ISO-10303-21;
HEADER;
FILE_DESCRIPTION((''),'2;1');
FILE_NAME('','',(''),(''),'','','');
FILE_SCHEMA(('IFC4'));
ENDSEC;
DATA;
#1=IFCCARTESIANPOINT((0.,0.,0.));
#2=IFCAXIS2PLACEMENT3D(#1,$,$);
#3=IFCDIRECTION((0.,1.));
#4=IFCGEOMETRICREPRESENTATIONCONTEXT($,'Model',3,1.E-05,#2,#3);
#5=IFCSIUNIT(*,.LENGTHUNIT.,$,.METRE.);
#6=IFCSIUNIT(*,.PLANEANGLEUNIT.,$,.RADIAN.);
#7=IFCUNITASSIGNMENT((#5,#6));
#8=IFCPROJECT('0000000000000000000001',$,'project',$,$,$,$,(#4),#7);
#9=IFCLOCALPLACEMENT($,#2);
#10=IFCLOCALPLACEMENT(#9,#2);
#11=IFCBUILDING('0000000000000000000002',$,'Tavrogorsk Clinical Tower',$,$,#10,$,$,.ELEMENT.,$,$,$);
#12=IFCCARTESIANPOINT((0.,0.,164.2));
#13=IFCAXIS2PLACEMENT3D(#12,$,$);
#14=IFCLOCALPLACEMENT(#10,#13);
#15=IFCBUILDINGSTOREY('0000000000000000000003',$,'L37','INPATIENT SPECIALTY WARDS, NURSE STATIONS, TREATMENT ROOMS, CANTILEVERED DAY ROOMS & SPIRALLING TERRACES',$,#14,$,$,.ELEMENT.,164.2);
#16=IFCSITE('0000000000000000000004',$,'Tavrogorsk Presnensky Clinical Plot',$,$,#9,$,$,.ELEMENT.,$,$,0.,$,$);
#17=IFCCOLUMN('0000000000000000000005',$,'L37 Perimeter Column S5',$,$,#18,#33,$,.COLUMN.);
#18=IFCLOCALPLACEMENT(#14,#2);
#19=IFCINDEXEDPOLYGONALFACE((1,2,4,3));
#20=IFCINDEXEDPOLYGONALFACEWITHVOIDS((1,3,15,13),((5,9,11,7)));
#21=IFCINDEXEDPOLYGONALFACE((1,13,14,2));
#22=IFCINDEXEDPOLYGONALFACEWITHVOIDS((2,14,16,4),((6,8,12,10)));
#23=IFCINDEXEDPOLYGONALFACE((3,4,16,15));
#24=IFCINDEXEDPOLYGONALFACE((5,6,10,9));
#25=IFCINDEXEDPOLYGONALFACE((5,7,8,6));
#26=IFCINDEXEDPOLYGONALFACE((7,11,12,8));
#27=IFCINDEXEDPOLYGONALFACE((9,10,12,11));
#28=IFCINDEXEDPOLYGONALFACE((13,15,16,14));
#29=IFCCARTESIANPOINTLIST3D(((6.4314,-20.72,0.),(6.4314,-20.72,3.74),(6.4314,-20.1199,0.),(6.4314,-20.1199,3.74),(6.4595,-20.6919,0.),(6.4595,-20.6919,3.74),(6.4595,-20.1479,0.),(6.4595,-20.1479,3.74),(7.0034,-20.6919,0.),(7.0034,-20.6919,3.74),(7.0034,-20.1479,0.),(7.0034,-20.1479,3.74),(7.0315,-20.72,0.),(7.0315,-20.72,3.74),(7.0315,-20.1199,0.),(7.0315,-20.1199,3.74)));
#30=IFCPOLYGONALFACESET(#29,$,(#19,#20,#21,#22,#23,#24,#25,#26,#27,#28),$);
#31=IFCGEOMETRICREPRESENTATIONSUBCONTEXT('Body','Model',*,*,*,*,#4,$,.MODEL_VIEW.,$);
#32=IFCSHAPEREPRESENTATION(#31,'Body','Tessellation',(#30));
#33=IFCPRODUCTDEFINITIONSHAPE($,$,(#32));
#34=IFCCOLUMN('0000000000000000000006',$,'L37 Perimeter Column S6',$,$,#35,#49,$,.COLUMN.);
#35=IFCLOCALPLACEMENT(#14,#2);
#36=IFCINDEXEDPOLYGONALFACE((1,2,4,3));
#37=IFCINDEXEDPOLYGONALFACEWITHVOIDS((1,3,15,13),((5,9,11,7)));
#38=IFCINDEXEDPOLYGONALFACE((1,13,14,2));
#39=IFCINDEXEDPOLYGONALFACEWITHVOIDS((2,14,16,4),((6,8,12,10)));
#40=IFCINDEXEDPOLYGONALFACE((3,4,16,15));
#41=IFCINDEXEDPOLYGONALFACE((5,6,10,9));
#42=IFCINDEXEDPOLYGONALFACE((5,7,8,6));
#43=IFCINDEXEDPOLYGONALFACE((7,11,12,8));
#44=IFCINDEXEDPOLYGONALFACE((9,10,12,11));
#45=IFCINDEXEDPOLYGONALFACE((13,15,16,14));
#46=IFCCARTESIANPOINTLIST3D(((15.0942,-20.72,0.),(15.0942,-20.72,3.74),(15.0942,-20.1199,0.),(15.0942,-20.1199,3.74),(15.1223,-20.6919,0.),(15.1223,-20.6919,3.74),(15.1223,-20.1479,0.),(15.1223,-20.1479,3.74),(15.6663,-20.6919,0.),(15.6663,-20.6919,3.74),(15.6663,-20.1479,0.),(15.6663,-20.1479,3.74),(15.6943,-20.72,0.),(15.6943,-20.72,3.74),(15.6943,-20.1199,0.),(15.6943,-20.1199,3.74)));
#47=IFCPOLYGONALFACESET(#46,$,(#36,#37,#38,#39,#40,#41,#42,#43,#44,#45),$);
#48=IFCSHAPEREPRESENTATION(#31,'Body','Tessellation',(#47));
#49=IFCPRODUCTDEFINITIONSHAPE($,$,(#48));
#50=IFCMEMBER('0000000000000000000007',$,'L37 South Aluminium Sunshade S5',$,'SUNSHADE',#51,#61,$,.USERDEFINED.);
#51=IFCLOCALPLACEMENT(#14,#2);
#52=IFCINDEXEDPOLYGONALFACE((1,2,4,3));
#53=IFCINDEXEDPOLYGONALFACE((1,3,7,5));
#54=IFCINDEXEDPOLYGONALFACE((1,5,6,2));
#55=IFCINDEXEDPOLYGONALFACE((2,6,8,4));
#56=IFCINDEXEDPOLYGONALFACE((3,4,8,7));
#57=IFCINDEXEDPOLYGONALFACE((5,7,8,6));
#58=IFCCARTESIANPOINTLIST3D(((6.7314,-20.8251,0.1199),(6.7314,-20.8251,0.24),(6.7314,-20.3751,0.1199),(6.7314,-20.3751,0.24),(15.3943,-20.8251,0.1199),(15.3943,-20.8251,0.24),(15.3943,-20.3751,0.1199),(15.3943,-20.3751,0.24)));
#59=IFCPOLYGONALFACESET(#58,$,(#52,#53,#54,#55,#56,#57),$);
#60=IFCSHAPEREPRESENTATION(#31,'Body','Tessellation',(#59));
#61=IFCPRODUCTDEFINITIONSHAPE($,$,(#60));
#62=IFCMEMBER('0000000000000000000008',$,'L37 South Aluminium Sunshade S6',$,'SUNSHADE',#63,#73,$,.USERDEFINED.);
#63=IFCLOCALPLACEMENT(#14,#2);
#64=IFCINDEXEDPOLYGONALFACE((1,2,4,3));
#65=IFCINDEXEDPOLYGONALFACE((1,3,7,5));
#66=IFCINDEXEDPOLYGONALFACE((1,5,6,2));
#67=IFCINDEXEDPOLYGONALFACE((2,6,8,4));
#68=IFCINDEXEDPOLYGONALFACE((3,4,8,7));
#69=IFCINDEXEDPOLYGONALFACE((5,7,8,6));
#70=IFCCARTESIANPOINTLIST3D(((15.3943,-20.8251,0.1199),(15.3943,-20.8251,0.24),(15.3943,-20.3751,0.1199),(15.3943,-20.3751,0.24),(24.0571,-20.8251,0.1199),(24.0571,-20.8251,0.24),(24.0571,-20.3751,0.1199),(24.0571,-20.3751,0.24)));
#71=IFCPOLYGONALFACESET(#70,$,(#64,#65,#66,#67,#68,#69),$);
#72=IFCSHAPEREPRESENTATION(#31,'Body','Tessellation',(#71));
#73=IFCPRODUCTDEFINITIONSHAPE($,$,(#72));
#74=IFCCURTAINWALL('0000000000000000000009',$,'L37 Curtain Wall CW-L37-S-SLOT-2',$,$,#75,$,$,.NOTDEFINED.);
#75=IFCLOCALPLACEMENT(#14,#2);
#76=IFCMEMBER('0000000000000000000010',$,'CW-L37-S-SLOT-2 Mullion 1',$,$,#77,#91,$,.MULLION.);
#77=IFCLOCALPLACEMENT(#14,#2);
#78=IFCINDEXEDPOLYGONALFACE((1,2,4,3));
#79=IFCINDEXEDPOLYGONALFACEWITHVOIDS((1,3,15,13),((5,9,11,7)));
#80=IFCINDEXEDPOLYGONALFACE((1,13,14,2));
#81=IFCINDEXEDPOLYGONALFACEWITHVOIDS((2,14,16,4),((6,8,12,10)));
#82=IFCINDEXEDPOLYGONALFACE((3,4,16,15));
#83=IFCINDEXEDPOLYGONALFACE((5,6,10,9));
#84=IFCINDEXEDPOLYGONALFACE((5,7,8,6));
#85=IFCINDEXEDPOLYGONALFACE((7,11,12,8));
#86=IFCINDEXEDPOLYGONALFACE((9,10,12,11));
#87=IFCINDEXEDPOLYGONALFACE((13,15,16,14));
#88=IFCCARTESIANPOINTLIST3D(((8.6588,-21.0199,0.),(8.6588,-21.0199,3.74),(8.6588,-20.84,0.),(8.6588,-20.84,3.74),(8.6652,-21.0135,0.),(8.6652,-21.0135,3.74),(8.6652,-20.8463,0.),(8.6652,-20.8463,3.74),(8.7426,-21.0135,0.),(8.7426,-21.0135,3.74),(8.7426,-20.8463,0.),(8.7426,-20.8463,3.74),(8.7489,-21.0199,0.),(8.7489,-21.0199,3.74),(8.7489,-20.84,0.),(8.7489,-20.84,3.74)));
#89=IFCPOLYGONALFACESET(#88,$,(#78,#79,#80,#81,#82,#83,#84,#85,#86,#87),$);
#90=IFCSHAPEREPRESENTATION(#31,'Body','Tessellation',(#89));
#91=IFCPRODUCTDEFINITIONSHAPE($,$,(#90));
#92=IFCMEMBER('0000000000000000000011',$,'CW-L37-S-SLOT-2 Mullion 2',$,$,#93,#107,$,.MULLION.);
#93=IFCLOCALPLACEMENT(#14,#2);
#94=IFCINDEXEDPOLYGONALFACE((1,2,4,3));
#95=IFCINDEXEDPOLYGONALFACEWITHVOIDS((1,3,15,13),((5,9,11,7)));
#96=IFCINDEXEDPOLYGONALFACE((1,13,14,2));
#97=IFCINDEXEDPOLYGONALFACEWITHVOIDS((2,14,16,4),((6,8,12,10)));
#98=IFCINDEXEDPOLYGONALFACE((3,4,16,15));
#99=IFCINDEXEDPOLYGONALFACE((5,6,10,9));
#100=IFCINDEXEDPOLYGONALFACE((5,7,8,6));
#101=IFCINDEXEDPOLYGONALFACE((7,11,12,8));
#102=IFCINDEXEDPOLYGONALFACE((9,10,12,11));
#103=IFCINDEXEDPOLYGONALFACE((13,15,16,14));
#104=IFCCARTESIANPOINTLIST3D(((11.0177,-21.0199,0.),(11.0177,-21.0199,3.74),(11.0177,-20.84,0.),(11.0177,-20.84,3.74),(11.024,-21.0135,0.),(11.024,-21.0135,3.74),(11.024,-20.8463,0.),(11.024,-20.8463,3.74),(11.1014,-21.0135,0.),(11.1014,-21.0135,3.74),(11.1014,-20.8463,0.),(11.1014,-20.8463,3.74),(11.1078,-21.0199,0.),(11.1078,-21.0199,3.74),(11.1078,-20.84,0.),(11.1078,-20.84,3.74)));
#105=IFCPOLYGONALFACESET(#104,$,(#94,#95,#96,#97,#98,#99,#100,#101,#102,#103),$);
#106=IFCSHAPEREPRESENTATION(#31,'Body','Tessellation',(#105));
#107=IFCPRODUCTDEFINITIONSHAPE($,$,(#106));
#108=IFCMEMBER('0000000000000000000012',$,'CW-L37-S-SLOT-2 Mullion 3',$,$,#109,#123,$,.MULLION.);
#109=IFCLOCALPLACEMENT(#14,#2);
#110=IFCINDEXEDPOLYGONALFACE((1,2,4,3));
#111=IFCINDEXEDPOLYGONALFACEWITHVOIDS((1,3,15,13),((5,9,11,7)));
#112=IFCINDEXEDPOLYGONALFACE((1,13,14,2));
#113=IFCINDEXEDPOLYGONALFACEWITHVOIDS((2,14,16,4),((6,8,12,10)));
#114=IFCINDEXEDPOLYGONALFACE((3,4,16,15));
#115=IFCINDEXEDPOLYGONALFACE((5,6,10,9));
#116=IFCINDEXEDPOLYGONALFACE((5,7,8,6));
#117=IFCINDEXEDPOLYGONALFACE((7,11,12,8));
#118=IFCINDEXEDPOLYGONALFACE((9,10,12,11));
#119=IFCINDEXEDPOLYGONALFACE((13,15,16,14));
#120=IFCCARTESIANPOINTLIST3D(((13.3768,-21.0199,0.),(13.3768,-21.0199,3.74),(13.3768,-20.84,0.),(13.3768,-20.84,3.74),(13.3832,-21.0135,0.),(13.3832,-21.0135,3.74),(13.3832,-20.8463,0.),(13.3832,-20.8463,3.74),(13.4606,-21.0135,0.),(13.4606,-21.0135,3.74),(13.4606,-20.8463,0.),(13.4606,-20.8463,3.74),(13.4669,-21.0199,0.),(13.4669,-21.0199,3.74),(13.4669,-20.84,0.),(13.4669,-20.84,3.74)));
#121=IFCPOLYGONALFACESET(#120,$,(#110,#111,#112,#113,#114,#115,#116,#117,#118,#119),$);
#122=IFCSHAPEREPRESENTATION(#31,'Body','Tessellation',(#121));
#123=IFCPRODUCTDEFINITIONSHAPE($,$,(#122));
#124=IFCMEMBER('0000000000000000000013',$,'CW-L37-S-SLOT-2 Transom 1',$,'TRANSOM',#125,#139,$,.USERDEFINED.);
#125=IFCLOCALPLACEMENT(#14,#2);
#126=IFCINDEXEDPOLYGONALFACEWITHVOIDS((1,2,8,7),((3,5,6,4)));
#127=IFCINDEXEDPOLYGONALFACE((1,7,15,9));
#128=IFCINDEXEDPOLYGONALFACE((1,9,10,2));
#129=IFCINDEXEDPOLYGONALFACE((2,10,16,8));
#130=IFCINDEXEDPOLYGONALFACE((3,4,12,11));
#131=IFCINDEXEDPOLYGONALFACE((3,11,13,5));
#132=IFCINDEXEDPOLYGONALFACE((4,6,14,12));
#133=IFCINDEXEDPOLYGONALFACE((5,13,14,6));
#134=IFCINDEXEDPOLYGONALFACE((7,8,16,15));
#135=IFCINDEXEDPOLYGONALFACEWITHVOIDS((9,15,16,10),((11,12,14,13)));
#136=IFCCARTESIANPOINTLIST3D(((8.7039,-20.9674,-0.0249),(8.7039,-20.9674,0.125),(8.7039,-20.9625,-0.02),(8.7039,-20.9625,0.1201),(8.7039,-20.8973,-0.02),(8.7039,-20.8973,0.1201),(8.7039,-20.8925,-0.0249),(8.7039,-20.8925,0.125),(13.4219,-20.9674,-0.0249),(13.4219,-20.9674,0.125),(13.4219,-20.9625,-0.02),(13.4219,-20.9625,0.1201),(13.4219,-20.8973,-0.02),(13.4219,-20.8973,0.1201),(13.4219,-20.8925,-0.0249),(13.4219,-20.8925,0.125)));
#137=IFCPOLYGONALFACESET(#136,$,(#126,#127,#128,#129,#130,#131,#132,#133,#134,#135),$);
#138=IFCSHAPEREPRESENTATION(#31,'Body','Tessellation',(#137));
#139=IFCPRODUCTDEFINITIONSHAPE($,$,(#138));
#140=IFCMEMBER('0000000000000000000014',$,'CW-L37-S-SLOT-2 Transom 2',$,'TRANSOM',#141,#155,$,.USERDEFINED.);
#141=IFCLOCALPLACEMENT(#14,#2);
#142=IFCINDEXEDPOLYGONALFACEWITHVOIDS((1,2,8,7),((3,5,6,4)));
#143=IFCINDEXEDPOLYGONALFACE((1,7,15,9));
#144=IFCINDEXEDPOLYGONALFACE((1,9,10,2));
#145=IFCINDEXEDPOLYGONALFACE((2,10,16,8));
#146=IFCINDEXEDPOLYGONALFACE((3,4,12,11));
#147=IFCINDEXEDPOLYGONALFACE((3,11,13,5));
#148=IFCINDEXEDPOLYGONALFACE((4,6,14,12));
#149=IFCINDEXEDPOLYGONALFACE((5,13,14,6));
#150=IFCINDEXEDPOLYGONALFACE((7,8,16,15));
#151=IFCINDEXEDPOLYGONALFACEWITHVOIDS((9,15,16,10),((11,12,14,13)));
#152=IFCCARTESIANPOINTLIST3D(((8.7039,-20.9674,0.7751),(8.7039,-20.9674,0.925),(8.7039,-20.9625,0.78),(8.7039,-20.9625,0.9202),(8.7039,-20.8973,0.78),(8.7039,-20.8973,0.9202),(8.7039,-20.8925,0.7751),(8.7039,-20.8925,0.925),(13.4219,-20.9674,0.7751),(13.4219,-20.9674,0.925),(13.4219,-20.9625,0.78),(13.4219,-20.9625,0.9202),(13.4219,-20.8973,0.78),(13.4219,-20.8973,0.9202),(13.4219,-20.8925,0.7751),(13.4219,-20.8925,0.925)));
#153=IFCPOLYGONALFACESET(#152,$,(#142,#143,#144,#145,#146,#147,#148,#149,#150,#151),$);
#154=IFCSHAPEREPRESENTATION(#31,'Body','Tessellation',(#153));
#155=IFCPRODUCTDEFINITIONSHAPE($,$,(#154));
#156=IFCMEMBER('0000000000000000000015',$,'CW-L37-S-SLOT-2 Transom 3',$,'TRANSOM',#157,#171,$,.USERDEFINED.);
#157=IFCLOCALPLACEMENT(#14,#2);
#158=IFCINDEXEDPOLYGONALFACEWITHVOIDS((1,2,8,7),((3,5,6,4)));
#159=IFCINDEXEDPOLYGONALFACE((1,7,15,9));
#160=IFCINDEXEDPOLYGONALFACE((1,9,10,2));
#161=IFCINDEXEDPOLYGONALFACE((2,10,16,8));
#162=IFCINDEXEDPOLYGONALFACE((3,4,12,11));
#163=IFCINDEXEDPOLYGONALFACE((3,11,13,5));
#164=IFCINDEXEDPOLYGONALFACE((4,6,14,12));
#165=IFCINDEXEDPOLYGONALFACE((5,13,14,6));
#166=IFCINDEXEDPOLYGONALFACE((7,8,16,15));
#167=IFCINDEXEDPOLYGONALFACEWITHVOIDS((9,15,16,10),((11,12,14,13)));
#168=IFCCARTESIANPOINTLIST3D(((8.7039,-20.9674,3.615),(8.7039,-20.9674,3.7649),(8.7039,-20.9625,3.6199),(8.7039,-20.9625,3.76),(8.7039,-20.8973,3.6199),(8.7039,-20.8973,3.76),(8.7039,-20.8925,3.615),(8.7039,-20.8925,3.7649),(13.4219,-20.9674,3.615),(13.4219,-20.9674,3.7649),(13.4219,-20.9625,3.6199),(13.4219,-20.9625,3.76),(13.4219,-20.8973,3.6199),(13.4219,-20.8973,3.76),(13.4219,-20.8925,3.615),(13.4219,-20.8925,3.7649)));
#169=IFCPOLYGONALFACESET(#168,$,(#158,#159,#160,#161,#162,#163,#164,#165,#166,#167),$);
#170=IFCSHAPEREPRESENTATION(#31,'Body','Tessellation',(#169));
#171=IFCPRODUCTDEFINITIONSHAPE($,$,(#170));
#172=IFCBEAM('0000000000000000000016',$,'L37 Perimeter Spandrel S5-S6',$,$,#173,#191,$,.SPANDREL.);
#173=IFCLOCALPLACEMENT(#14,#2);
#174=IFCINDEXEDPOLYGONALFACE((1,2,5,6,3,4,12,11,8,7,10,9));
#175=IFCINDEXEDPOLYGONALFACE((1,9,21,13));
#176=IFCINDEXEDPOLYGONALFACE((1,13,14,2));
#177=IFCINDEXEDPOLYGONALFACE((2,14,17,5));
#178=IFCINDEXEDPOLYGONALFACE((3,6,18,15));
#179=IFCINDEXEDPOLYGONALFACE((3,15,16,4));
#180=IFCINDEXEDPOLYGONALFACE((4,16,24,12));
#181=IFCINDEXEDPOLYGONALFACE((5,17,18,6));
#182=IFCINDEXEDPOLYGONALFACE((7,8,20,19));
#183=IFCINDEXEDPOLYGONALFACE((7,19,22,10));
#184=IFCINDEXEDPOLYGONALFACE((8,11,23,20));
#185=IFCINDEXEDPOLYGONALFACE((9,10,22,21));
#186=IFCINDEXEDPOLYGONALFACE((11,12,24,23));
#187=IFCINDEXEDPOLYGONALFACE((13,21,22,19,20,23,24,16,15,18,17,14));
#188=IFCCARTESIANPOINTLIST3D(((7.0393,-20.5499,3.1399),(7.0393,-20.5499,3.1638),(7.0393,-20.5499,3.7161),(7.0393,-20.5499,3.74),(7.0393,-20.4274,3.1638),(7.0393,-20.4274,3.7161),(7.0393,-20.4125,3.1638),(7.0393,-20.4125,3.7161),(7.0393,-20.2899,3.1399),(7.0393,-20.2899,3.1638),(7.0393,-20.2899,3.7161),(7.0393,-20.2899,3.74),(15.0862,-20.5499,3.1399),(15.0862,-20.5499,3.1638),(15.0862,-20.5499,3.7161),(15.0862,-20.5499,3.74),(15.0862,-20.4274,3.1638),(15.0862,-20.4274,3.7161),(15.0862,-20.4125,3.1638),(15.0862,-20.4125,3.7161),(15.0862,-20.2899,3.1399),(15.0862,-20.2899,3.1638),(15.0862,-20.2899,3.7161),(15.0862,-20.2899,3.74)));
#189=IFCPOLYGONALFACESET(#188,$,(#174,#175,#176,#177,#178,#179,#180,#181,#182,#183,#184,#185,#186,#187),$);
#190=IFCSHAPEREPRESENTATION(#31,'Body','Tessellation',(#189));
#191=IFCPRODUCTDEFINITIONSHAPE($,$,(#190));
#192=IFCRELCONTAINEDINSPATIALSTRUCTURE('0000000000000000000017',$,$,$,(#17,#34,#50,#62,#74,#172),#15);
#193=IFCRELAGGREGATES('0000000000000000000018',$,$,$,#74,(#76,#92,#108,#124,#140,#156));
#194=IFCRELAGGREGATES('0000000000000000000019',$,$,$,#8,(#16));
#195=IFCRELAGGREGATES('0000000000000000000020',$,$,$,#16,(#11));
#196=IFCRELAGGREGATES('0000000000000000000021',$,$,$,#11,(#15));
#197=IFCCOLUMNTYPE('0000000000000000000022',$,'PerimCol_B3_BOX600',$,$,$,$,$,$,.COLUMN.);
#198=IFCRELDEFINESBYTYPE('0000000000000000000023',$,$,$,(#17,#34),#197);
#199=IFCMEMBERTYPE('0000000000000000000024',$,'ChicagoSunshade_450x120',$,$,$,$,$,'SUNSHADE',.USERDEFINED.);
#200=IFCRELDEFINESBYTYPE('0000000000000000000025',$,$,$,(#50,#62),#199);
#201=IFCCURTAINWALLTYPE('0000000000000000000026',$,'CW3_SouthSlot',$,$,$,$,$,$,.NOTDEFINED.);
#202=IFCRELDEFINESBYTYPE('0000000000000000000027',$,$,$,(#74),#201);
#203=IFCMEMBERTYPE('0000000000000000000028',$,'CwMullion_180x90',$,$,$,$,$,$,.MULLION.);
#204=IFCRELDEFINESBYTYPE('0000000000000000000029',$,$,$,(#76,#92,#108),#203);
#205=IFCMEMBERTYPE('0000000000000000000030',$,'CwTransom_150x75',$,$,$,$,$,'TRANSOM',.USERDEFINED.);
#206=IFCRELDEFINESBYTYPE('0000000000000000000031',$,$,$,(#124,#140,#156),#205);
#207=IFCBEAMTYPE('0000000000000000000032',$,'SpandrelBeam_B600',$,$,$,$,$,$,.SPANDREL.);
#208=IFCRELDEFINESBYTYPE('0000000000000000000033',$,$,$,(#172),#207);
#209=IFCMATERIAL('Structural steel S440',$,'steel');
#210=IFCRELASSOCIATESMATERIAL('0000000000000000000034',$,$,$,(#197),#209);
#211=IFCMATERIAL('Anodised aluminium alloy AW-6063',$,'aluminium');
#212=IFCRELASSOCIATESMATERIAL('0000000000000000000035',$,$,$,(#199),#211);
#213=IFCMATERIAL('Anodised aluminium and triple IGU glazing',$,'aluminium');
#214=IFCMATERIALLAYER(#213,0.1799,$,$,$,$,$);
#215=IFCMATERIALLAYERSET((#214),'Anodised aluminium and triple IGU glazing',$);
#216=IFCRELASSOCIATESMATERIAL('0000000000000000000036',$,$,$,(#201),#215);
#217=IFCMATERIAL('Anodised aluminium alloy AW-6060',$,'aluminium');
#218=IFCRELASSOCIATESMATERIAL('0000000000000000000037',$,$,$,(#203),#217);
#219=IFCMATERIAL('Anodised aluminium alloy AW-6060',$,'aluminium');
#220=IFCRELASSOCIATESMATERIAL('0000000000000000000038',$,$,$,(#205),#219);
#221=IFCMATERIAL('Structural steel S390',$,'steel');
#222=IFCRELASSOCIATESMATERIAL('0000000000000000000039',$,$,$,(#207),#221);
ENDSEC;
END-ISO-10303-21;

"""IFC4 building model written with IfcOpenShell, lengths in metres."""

from ifc_helpers import new_model, si_unit, direction, frame, origin, origin_2d, place, context, subcontext, project, spatial, rectangle, hollow_rectangle, i_section, extrude, material, layer, layer_set, material_profile, profile_set, type_object, element, aggregate, save


model = new_model("IFC4")

# Units and contexts
model_context = context("Model", 3, precision=1e-05, world=origin(), true_north=direction((0.0, 1.0)))
body_context = subcontext(model_context, "Body", "Model", "MODEL_VIEW")
ifc_project = project(units=[si_unit("LENGTHUNIT", "METRE"), si_unit("PLANEANGLEUNIT", "RADIAN")], contexts=[model_context])

# Site, building, storey
site_placement = place(None, origin())
site = spatial("IfcSite", under=ifc_project, at=site_placement, Name="Tavrogorsk Presnensky Clinical Plot", CompositionType="ELEMENT", RefElevation=0.0)
building_placement = place(site_placement, origin())
building = spatial("IfcBuilding", under=site, at=building_placement, Name="Tavrogorsk Clinical Tower", CompositionType="ELEMENT")
storey_placement = place(building_placement, frame((0.0, 0.0, 164.2)))
storey = spatial("IfcBuildingStorey", under=building, at=storey_placement, Name="L37", Description="INPATIENT SPECIALTY WARDS, NURSE STATIONS, TREATMENT ROOMS, CANTILEVERED DAY ROOMS & SPIRALLING TERRACES", CompositionType="ELEMENT", Elevation=164.2)

# Columns
ifc_material_1 = material(Name="Structural steel S440", Category="steel")
ifc_material_profile_1 = material_profile(ifc_material_1, hollow_rectangle(XDim=0.6001, YDim=0.6001, WallThickness=0.0281, at=origin_2d()), Name="BOX-600x600x28")
ifc_profile_set_1 = profile_set([ifc_material_profile_1], Name="Structural steel S440")
column_type = type_object("IfcColumnType", Name="PerimCol_B3_BOX600", PredefinedType="COLUMN", material=ifc_profile_set_1)
for number, where, z_axis, x_axis, name in (
    (1, (6.7314, -20.4199, 0.0), (0.0, 0.0, 1.0), (1.0, 0.0, 0.0), "L37 Perimeter Column S5"),
    (2, (15.3943, -20.4199, 0.0), (0.0, 0.0, 1.0), (1.0, 0.0, 0.0), "L37 Perimeter Column S6"),
):
    element("IfcColumn", number, at=place(storey_placement, frame(where, z_axis=z_axis, x_axis=x_axis)), inside=storey, type_object=column_type, Name=name, PredefinedType="COLUMN", context=body_context, shape_type="SweptSolid", body=[
        extrude(hollow_rectangle(XDim=0.6001, YDim=0.6001, WallThickness=0.0281, at=origin_2d()), origin(), (0.0, 0.0, 1.0), 3.74),
    ])

# Members
ifc_material_2 = material(Name="Anodised aluminium alloy AW-6063", Category="aluminium")
ifc_material_profile_2 = material_profile(ifc_material_2, rectangle(XDim=0.45, YDim=0.1201, at=origin_2d()), Name="ALU-SUNSHADE-450x120")
ifc_profile_set_2 = profile_set([ifc_material_profile_2], Name="Anodised aluminium alloy AW-6063")
member_type_1 = type_object("IfcMemberType", Name="ChicagoSunshade_450x120", ElementType="SUNSHADE", PredefinedType="USERDEFINED", material=ifc_profile_set_2)
for number, where, z_axis, x_axis, name in (
    (3, (6.7314, -20.6001, 0.1799), (1.0, 0.0, 0.0), (0.0, 1.0, 0.0), "L37 South Aluminium Sunshade S5"),
    (4, (15.3943, -20.6001, 0.1799), (1.0, 0.0, 0.0), (0.0, 1.0, 0.0), "L37 South Aluminium Sunshade S6"),
):
    element("IfcMember", number, at=place(storey_placement, frame(where, z_axis=z_axis, x_axis=x_axis)), inside=storey, type_object=member_type_1, Name=name, ObjectType="SUNSHADE", PredefinedType="USERDEFINED", context=body_context, shape_type="SweptSolid", body=[
        extrude(rectangle(XDim=0.45, YDim=0.1201, at=origin_2d()), origin(), (0.0, 0.0, 1.0), 8.6628),
    ])

# Curtain wall, members
ifc_material_3 = material(Name="Anodised aluminium and triple IGU glazing", Category="aluminium")
ifc_layer_1 = layer(ifc_material_3, 0.1799)
ifc_layer_set_1 = layer_set([ifc_layer_1], Name="Anodised aluminium and triple IGU glazing")
curtain_wall_type = type_object("IfcCurtainWallType", Name="CW3_SouthSlot", PredefinedType="NOTDEFINED", material=ifc_layer_set_1)
curtain_wall_placement = place(storey_placement, origin())
curtain_wall = element("IfcCurtainWall", 5, at=curtain_wall_placement, inside=storey, type_object=curtain_wall_type, Name="L37 Curtain Wall CW-L37-S-SLOT-2", PredefinedType="NOTDEFINED")
ifc_material_4 = material(Name="Anodised aluminium alloy AW-6060", Category="aluminium")
ifc_material_profile_3 = material_profile(ifc_material_4, hollow_rectangle(XDim=0.0901, YDim=0.1799, WallThickness=0.0063, at=origin_2d()), Name="RHS-180x90x6.3")
ifc_profile_set_3 = profile_set([ifc_material_profile_3], Name="Anodised aluminium alloy AW-6060")
member_type_2 = type_object("IfcMemberType", Name="CwMullion_180x90", PredefinedType="MULLION", material=ifc_profile_set_3)
member_1_placement = place(storey_placement, frame((8.7039, -20.9299, 0.0), z_axis=(0.0, 0.0, 1.0), x_axis=(1.0, 0.0, 0.0)))
member_1 = element("IfcMember", 6, at=member_1_placement, type_object=member_type_2, Name="CW-L37-S-SLOT-2 Mullion 1", PredefinedType="MULLION", context=body_context, shape_type="SweptSolid", body=[
    extrude(hollow_rectangle(XDim=0.0901, YDim=0.1799, WallThickness=0.0063, at=origin_2d()), origin(), (0.0, 0.0, 1.0), 3.74),
])
member_2_placement = place(storey_placement, frame((11.0627, -20.9299, 0.0), z_axis=(0.0, 0.0, 1.0), x_axis=(1.0, 0.0, 0.0)))
member_2 = element("IfcMember", 7, at=member_2_placement, type_object=member_type_2, Name="CW-L37-S-SLOT-2 Mullion 2", PredefinedType="MULLION", context=body_context, shape_type="SweptSolid", body=[
    extrude(hollow_rectangle(XDim=0.0901, YDim=0.1799, WallThickness=0.0063, at=origin_2d()), origin(), (0.0, 0.0, 1.0), 3.74),
])
member_3_placement = place(storey_placement, frame((13.4219, -20.9299, 0.0), z_axis=(0.0, 0.0, 1.0), x_axis=(1.0, 0.0, 0.0)))
member_3 = element("IfcMember", 8, at=member_3_placement, type_object=member_type_2, Name="CW-L37-S-SLOT-2 Mullion 3", PredefinedType="MULLION", context=body_context, shape_type="SweptSolid", body=[
    extrude(hollow_rectangle(XDim=0.0901, YDim=0.1799, WallThickness=0.0063, at=origin_2d()), origin(), (0.0, 0.0, 1.0), 3.74),
])
ifc_material_5 = material(Name="Anodised aluminium alloy AW-6060", Category="aluminium")
ifc_material_profile_4 = material_profile(ifc_material_5, hollow_rectangle(XDim=0.075, YDim=0.1499, WallThickness=0.0049, at=origin_2d()), Name="RHS-150x75x5")
ifc_profile_set_4 = profile_set([ifc_material_profile_4], Name="Anodised aluminium alloy AW-6060")
member_type_3 = type_object("IfcMemberType", Name="CwTransom_150x75", ElementType="TRANSOM", PredefinedType="USERDEFINED", material=ifc_profile_set_4)
member_4_placement = place(storey_placement, frame((8.7039, -20.9299, 0.05), z_axis=(1.0, 0.0, 0.0), x_axis=(0.0, 1.0, 0.0)))
member_4 = element("IfcMember", 9, at=member_4_placement, type_object=member_type_3, Name="CW-L37-S-SLOT-2 Transom 1", ObjectType="TRANSOM", PredefinedType="USERDEFINED", context=body_context, shape_type="SweptSolid", body=[
    extrude(hollow_rectangle(XDim=0.075, YDim=0.1499, WallThickness=0.0049, at=origin_2d()), origin(), (0.0, 0.0, 1.0), 4.718),
])
member_5_placement = place(storey_placement, frame((8.7039, -20.9299, 0.8501), z_axis=(1.0, 0.0, 0.0), x_axis=(0.0, 1.0, 0.0)))
member_5 = element("IfcMember", 10, at=member_5_placement, type_object=member_type_3, Name="CW-L37-S-SLOT-2 Transom 2", ObjectType="TRANSOM", PredefinedType="USERDEFINED", context=body_context, shape_type="SweptSolid", body=[
    extrude(hollow_rectangle(XDim=0.075, YDim=0.1499, WallThickness=0.0049, at=origin_2d()), origin(), (0.0, 0.0, 1.0), 4.718),
])
member_6_placement = place(storey_placement, frame((8.7039, -20.9299, 3.6899), z_axis=(1.0, 0.0, 0.0), x_axis=(0.0, 1.0, 0.0)))
member_6 = element("IfcMember", 11, at=member_6_placement, type_object=member_type_3, Name="CW-L37-S-SLOT-2 Transom 3", ObjectType="TRANSOM", PredefinedType="USERDEFINED", context=body_context, shape_type="SweptSolid", body=[
    extrude(hollow_rectangle(XDim=0.075, YDim=0.1499, WallThickness=0.0049, at=origin_2d()), origin(), (0.0, 0.0, 1.0), 4.718),
])

# Beam
ifc_material_6 = material(Name="Structural steel S390", Category="steel")
ifc_material_profile_5 = material_profile(ifc_material_6, i_section(OverallWidth=0.26, OverallDepth=0.6001, WebThickness=0.0149, FlangeThickness=0.0239, at=origin_2d()), Name="B-600x260x15x24")
ifc_profile_set_5 = profile_set([ifc_material_profile_5], Name="Structural steel S390")
beam_type = type_object("IfcBeamType", Name="SpandrelBeam_B600", PredefinedType="SPANDREL", material=ifc_profile_set_5)
beam_placement = place(storey_placement, frame((7.0393, -20.4199, 3.4399), z_axis=(1.0, 0.0, 0.0), x_axis=(0.0, 1.0, 0.0)))
element("IfcBeam", 12, at=beam_placement, inside=storey, type_object=beam_type, Name="L37 Perimeter Spandrel S5-S6", PredefinedType="SPANDREL", context=body_context, shape_type="SweptSolid", body=[
    extrude(i_section(OverallWidth=0.26, OverallDepth=0.6001, WebThickness=0.0149, FlangeThickness=0.0239, at=origin_2d()), origin(), (0.0, 0.0, 1.0), 8.0469),
])

aggregate(curtain_wall, [member_1, member_2, member_3, member_4, member_5, member_6])

save(model, "model.ifc")
